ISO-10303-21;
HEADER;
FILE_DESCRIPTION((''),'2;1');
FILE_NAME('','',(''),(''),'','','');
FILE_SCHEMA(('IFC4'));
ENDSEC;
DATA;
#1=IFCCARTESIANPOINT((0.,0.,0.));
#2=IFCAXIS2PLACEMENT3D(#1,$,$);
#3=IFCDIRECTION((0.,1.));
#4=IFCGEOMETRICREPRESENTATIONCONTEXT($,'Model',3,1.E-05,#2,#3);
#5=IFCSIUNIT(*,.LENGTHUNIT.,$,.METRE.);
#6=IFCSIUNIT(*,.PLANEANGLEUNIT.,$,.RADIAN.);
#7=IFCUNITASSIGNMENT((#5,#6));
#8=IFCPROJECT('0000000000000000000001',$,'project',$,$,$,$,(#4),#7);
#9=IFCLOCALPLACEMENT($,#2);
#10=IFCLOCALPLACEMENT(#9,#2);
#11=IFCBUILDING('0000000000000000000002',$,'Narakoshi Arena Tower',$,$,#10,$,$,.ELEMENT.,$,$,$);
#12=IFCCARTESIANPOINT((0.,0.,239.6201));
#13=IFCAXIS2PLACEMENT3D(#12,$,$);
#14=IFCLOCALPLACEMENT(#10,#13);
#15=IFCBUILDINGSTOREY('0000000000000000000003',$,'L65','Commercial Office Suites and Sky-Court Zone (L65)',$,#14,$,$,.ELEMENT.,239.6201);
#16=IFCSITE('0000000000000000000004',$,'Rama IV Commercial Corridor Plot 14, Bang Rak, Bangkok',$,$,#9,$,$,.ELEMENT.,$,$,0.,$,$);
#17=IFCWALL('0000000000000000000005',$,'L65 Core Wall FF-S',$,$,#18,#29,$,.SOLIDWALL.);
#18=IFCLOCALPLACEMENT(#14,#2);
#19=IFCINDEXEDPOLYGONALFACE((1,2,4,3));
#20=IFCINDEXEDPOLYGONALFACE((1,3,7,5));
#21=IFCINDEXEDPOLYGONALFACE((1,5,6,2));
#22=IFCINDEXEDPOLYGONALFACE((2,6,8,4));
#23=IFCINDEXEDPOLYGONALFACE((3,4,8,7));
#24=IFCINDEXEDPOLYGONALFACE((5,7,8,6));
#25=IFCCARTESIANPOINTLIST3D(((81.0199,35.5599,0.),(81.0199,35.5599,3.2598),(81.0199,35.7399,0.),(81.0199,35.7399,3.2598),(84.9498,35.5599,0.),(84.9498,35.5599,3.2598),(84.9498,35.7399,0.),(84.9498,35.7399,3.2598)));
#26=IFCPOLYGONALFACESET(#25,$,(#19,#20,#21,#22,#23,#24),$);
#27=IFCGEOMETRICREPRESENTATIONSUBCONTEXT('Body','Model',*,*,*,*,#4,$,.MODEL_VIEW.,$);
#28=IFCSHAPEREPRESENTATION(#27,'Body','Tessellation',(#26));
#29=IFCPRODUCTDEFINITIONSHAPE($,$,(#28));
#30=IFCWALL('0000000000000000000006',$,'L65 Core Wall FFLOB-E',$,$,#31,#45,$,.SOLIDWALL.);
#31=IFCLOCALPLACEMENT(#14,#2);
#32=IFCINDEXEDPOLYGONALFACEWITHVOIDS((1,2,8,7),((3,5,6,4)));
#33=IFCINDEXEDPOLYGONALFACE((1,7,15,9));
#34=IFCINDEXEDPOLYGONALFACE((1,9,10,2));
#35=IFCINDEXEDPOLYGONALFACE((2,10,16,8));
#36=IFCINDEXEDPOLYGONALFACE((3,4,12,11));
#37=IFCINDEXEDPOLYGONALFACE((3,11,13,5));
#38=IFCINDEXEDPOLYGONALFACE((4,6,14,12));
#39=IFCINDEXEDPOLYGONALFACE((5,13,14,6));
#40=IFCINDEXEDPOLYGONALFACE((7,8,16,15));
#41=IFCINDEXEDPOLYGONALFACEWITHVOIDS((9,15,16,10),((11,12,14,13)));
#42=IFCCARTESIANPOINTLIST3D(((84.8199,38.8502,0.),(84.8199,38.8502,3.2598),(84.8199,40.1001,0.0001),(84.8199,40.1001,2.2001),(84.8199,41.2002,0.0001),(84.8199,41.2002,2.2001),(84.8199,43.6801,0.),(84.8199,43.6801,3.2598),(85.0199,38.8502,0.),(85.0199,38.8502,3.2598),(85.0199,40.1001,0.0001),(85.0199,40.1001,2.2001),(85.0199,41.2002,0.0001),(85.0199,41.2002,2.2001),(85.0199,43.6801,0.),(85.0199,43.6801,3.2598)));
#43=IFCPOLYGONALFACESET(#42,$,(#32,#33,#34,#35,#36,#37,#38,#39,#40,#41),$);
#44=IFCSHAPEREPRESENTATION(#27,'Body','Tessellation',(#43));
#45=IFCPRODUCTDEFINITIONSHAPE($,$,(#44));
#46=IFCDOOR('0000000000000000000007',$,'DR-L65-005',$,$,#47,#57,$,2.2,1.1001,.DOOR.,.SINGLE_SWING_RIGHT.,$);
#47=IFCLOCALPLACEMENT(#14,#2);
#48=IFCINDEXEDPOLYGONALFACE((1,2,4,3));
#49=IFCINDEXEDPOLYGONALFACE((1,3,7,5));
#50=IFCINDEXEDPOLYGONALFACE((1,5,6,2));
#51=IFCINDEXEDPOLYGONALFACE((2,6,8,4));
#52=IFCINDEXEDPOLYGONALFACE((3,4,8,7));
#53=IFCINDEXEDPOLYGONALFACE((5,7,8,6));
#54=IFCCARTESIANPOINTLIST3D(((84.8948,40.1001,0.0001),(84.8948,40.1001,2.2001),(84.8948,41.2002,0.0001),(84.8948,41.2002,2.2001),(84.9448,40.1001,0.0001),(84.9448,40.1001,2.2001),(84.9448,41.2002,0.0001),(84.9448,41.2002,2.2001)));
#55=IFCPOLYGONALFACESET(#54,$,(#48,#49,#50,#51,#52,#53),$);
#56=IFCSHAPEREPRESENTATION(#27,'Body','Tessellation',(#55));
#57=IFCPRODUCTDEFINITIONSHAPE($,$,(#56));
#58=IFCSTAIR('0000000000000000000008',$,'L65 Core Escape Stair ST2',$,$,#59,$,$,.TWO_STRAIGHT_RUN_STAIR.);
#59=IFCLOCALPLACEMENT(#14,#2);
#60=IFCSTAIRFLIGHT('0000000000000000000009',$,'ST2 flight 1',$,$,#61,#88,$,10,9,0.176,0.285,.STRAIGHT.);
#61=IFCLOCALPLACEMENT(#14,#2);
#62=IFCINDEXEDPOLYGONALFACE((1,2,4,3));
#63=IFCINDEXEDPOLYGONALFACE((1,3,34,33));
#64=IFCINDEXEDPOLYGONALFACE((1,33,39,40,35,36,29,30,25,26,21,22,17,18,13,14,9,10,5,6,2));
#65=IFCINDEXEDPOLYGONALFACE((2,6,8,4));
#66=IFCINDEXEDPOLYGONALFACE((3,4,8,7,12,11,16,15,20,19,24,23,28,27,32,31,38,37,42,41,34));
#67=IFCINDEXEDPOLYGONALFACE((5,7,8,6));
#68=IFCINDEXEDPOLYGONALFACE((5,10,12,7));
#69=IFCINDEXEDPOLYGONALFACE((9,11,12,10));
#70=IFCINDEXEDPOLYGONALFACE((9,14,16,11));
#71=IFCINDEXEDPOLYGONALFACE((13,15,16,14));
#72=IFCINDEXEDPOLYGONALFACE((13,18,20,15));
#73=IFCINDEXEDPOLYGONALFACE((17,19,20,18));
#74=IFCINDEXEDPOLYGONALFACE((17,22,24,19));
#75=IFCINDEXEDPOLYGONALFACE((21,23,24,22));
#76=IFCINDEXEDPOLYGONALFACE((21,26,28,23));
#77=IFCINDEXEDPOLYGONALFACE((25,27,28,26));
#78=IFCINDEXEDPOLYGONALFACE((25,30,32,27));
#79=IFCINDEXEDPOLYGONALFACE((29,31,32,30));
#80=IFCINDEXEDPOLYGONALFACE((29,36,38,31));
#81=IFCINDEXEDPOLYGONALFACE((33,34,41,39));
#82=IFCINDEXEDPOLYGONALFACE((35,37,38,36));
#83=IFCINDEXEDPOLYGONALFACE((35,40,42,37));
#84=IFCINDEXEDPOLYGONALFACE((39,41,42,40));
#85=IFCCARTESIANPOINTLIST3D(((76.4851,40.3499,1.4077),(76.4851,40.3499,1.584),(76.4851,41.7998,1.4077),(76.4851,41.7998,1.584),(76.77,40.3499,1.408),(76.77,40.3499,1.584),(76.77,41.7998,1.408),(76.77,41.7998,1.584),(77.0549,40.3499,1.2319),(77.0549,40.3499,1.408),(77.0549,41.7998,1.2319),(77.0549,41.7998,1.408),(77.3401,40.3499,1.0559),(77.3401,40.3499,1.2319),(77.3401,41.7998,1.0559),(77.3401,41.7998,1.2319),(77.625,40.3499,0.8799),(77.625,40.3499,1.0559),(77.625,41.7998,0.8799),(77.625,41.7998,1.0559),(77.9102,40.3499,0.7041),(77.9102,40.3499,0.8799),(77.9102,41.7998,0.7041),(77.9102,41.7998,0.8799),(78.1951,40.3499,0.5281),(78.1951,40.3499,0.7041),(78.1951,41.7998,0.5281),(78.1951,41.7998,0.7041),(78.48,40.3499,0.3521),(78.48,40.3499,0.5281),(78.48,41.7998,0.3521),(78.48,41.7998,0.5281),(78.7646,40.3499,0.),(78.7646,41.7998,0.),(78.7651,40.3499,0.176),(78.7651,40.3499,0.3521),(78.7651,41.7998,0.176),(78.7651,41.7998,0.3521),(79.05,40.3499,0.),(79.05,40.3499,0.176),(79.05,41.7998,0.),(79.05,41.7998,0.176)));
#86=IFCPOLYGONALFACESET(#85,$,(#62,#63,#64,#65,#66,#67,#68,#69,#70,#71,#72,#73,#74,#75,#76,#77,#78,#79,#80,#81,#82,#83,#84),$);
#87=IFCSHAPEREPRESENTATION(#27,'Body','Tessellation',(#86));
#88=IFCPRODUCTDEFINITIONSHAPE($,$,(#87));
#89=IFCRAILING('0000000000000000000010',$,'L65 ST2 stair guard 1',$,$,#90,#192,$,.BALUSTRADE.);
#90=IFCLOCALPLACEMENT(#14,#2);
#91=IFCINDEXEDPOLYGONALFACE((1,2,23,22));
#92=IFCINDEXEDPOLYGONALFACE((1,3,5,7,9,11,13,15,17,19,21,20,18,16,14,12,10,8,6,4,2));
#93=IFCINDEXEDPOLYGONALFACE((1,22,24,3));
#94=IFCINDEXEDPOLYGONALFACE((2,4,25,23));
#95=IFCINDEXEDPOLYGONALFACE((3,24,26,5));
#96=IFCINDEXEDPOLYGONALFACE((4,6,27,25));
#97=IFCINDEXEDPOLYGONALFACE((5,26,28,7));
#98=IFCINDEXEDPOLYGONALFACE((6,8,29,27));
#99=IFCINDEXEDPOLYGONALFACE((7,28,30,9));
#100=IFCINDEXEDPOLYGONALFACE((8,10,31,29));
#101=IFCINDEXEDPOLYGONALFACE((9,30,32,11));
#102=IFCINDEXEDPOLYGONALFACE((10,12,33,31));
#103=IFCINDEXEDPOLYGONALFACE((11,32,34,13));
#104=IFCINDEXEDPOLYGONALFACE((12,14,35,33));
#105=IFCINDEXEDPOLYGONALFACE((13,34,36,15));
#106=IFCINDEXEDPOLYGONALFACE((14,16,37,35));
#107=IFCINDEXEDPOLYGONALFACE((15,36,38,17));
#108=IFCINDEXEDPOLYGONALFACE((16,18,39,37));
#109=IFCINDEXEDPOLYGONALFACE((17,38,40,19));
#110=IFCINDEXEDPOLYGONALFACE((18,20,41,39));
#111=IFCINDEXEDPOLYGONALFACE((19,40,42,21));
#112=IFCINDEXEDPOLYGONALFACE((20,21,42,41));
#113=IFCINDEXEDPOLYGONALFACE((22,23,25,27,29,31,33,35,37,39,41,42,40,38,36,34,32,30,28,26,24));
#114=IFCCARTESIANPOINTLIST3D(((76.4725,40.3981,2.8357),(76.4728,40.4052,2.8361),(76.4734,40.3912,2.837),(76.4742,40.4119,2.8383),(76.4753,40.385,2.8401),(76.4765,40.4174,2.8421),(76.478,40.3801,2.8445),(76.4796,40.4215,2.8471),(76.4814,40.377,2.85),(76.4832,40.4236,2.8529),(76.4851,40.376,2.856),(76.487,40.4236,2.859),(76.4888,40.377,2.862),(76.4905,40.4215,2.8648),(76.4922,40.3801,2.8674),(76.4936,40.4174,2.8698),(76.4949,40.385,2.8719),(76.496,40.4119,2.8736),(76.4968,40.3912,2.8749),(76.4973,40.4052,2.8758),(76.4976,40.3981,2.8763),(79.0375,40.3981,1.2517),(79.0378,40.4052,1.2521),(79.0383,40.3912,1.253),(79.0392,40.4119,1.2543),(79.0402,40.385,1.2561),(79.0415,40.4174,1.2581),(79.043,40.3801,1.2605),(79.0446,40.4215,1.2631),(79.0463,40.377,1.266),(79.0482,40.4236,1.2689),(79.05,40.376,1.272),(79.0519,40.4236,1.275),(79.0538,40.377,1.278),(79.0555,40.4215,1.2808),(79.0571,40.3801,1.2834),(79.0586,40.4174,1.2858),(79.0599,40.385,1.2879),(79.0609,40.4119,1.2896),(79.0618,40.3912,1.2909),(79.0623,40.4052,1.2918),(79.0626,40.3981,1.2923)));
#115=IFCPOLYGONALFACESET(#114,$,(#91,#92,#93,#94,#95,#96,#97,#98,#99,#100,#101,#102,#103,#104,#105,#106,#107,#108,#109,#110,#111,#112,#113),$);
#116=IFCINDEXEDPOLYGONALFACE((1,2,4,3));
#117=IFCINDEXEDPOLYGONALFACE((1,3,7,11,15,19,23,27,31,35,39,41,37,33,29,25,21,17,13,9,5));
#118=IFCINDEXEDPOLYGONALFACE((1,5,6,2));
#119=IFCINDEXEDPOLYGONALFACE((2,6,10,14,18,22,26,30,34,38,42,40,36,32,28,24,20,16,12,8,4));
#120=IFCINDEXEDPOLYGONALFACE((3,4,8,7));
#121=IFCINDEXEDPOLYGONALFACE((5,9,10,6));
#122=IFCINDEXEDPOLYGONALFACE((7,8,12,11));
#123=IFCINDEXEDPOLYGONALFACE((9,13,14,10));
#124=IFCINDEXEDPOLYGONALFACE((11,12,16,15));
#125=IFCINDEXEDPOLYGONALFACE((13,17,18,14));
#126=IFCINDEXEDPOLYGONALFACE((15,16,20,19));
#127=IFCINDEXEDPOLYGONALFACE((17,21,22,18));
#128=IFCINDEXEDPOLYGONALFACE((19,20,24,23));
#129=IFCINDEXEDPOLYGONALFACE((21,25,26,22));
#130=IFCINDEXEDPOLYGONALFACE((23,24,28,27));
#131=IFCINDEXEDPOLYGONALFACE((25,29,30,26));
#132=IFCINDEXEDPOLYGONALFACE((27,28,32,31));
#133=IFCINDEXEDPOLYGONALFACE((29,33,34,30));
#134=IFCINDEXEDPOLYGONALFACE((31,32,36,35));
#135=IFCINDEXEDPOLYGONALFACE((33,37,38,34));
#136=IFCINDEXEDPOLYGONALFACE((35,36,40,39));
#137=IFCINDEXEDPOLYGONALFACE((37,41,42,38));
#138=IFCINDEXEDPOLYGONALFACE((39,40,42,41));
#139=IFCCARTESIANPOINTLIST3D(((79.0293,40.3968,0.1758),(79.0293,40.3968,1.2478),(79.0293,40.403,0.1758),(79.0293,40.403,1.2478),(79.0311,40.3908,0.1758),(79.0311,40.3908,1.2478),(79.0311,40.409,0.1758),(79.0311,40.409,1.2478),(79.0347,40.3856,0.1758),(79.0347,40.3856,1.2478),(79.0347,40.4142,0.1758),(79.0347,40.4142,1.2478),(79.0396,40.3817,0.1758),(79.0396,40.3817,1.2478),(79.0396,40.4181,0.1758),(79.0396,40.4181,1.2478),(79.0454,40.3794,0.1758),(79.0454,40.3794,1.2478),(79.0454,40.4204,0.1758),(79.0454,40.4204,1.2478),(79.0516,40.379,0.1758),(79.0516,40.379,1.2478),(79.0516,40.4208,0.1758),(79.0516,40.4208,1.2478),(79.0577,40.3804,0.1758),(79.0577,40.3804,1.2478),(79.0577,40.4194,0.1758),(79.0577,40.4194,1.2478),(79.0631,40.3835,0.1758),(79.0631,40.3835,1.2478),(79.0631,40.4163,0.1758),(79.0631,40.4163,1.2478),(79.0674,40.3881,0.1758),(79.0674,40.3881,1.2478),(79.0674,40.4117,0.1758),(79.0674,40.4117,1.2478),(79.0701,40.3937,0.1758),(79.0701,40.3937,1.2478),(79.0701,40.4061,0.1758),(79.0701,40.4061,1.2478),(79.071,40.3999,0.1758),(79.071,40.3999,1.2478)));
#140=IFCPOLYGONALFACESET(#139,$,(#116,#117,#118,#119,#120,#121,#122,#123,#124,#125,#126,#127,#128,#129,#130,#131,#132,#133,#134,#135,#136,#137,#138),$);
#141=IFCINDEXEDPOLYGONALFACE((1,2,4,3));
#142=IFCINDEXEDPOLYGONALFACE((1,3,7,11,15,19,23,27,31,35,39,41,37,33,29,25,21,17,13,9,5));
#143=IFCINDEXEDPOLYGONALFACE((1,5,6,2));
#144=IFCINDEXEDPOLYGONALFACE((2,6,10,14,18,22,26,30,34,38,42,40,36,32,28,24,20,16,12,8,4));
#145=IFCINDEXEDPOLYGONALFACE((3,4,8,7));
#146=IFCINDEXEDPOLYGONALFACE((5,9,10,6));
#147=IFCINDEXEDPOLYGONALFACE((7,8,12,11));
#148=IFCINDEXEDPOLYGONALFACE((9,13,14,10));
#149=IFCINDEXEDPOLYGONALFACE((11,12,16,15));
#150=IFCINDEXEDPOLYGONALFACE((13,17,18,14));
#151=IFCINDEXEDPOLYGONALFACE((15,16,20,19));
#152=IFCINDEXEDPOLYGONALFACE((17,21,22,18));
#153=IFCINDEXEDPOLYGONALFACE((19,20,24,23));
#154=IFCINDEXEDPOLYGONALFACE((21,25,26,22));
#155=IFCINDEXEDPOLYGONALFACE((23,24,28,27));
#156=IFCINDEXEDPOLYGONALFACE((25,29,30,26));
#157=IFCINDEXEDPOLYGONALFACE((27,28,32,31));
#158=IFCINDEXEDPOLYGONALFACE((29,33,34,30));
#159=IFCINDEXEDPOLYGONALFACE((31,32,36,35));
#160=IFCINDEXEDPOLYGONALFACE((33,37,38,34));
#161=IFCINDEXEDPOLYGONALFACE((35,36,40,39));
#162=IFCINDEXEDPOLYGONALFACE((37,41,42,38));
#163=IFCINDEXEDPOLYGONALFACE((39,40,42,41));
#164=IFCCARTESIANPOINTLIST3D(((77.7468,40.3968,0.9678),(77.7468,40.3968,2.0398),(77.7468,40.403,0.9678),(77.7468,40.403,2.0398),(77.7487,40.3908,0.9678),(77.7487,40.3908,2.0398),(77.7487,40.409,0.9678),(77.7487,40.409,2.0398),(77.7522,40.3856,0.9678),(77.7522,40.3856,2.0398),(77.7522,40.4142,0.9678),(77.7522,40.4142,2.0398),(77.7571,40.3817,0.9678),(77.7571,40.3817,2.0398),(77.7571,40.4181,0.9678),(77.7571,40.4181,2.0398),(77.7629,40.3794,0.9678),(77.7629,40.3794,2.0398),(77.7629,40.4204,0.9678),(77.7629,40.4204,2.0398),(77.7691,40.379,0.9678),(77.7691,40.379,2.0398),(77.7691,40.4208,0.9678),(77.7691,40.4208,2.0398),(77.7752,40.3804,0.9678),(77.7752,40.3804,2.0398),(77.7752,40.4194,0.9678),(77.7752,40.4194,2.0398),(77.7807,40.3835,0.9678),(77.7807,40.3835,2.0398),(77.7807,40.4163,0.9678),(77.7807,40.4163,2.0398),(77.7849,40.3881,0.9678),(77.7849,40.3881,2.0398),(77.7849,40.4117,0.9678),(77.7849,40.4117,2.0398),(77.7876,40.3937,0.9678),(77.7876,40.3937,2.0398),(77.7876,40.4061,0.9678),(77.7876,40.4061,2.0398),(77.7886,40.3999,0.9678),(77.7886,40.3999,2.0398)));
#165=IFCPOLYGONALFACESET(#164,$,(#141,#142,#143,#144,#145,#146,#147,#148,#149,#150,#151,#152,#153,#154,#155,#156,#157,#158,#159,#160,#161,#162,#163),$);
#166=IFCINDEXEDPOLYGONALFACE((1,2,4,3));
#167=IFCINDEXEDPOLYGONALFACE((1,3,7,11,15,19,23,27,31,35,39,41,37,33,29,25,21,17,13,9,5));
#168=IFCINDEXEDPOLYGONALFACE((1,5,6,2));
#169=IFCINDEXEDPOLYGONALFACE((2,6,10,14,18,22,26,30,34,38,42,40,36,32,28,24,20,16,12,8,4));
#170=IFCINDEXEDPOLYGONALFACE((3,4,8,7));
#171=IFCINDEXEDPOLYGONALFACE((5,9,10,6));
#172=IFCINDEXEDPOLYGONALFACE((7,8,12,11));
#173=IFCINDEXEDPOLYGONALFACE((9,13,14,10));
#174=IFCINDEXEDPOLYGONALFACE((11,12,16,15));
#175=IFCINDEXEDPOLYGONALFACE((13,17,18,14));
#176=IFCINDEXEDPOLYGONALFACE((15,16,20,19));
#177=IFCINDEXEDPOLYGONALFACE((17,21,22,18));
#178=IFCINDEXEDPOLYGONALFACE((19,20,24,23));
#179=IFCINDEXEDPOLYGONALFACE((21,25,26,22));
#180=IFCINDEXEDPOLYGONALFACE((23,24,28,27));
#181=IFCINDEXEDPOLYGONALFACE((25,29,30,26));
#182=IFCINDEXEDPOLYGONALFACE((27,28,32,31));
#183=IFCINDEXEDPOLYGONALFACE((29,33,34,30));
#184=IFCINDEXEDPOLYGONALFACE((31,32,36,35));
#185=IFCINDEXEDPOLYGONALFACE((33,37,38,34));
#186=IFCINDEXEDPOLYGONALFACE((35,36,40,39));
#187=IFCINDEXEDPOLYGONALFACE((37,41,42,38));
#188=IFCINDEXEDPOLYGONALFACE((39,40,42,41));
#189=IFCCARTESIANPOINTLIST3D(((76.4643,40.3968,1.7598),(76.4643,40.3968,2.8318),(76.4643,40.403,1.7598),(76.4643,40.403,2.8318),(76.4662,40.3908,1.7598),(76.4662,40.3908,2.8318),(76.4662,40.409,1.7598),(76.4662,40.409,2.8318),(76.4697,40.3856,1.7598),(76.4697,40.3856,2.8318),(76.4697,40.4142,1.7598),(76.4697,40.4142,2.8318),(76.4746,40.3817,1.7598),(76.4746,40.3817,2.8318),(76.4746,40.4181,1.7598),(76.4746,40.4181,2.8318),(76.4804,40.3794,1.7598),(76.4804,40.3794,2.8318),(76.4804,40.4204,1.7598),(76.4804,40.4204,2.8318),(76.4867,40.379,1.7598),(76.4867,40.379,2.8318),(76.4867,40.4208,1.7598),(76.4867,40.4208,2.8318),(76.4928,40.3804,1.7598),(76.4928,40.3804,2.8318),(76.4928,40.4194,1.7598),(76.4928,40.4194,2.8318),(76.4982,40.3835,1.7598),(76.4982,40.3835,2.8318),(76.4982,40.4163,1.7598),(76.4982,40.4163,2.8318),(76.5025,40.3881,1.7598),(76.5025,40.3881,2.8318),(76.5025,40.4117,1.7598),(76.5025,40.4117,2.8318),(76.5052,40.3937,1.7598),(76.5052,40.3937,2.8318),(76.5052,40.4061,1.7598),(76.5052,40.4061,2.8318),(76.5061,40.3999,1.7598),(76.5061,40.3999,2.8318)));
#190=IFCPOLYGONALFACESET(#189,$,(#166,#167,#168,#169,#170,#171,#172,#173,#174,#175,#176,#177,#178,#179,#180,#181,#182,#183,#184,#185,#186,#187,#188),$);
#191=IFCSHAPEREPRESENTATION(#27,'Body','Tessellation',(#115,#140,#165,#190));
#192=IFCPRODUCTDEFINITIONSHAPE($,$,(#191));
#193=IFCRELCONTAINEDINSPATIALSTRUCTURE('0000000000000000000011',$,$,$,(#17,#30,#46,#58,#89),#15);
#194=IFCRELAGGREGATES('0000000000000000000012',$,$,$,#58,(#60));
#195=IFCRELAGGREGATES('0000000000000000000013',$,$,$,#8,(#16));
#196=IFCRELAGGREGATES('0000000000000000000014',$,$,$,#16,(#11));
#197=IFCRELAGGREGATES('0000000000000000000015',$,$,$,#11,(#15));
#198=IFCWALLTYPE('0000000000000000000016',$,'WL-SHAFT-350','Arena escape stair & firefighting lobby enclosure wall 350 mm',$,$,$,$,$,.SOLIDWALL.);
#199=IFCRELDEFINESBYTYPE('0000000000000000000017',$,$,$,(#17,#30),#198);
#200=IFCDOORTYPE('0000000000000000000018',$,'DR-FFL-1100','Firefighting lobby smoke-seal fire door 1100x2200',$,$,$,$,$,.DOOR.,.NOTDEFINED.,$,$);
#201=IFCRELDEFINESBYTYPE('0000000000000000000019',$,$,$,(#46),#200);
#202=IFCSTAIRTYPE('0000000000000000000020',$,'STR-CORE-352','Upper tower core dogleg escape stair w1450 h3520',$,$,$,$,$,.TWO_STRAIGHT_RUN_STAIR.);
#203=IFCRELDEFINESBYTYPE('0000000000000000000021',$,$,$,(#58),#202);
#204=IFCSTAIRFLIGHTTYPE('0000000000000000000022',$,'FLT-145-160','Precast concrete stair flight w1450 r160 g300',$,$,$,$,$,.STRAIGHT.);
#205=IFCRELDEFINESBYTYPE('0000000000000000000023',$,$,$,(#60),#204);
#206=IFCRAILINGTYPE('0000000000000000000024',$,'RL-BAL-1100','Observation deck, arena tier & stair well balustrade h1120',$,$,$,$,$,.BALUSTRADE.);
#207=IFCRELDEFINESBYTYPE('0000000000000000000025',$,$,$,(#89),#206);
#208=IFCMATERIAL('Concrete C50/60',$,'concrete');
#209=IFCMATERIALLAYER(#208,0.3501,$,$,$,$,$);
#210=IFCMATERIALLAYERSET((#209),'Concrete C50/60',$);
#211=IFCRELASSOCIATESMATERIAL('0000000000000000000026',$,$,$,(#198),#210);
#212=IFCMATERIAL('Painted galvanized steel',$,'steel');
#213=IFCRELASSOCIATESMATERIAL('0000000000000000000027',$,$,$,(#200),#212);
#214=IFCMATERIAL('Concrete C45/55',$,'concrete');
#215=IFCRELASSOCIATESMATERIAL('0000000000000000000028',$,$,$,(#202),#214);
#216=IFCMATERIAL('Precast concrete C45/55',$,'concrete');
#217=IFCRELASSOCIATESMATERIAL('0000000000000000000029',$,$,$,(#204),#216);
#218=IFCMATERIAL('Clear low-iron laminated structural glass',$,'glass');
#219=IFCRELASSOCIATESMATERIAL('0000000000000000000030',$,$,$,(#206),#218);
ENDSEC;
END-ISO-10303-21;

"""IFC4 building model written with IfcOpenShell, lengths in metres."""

from ifc_helpers import new_model, si_unit, direction, frame, frame_2d, origin, origin_2d, place, context, subcontext, project, spatial, polyline, rectangle, circle, outline, extrude, material, layer, layer_set, type_object, element, fill, aggregate, save


model = new_model("IFC4")

# Units and contexts
model_context = context("Model", 3, precision=1e-05, world=origin(), true_north=direction((0.0, 1.0)))
body_context = subcontext(model_context, "Body", "Model", "MODEL_VIEW")
ifc_project = project(units=[si_unit("LENGTHUNIT", "METRE"), si_unit("PLANEANGLEUNIT", "RADIAN")], contexts=[model_context])

# Site, building, storey
site_placement = place(None, origin())
site = spatial("IfcSite", under=ifc_project, at=site_placement, Name="Rama IV Commercial Corridor Plot 14, Bang Rak, Bangkok", CompositionType="ELEMENT", RefElevation=0.0)
building_placement = place(site_placement, origin())
building = spatial("IfcBuilding", under=site, at=building_placement, Name="Narakoshi Arena Tower", CompositionType="ELEMENT")
storey_placement = place(building_placement, frame((0.0, 0.0, 239.6201)))
storey = spatial("IfcBuildingStorey", under=building, at=storey_placement, Name="L65", Description="Commercial Office Suites and Sky-Court Zone (L65)", CompositionType="ELEMENT", Elevation=239.6201)

# Shared definitions
ifc_material_1 = material(Name="Concrete C50/60", Category="concrete")
ifc_material_2 = material(Name="Precast concrete C45/55", Category="concrete")
ifc_layer_1 = layer(ifc_material_1, 0.3501)
ifc_layer_set_1 = layer_set([ifc_layer_1], Name="Concrete C50/60")
wall_type_1 = type_object("IfcWallType", Name="WL-SHAFT-350", Description="Arena escape stair & firefighting lobby enclosure wall 350 mm", PredefinedType="SOLIDWALL", material=ifc_layer_set_1)

# Shared definitions
ifc_material_3 = material(Name="Painted galvanized steel", Category="steel")

# Wall
wall_1_placement = place(storey_placement, frame((81.02, 35.6499, 0.0), z_axis=(0.0, 0.0, 1.0), x_axis=(1.0, 0.0, 0.0)))
element("IfcWall", 1, at=wall_1_placement, inside=storey, type_object=wall_type_1, Name="L65 Core Wall FF-S", PredefinedType="SOLIDWALL", context=body_context, shape_type="SweptSolid", body=[
    extrude(rectangle(XDim=3.9299, YDim=0.1799, at=frame_2d((1.9648, 0.0))), origin(), (0.0, 0.0, 1.0), 3.2598),
])

# Wall, opening, door
wall_2_placement = place(storey_placement, frame((84.9199, 38.8501, 0.0), z_axis=(0.0, 0.0, 1.0), x_axis=(0.0, 1.0, 0.0)))
wall_2 = element("IfcWall", 2, at=wall_2_placement, inside=storey, type_object=wall_type_1, Name="L65 Core Wall FFLOB-E", PredefinedType="SOLIDWALL", context=body_context, shape_type="SweptSolid", body=[
    extrude(rectangle(XDim=4.8298, YDim=0.2, at=frame_2d((2.415, 0.0))), origin(), (0.0, 0.0, 1.0), 3.2598),
])
opening_1_placement = place(wall_2_placement, frame((1.25, 0.0, 0.0)))
opening_1 = element("IfcOpeningElement", 3, at=opening_1_placement, cuts=wall_2, PredefinedType="OPENING", context=body_context, shape_type="SweptSolid", body=[
    extrude(rectangle(XDim=1.1001, YDim=2.2, at=frame_2d((0.55, 1.1001))), frame((0.0, 0.1099, 0.0), z_axis=(0.0, -1.0, 0.0), x_axis=(1.0, 0.0, 0.0)), (0.0, 0.0, 1.0), 0.22),
])
door_type_1 = type_object("IfcDoorType", Name="DR-FFL-1100", Description="Firefighting lobby smoke-seal fire door 1100x2200", OperationType="NOTDEFINED", PredefinedType="DOOR", material=ifc_material_3)
door_1_placement = place(opening_1_placement, frame((1.1001, 0.0, 0.0), z_axis=(0.0, 0.0, 1.0), x_axis=(-1.0, 0.0, 0.0)))
door_1 = element("IfcDoor", 4, at=door_1_placement, inside=storey, type_object=door_type_1, Name="DR-L65-005", OperationType="SINGLE_SWING_RIGHT", OverallHeight=2.2, OverallWidth=1.1001, PredefinedType="DOOR", context=body_context, shape_type="SweptSolid", body=[
    extrude(rectangle(XDim=1.1001, YDim=2.2, at=frame_2d((0.55, 1.1001))), frame((0.0, 0.0249, 0.0), z_axis=(0.0, -1.0, 0.0), x_axis=(1.0, 0.0, 0.0)), (0.0, 0.0, 1.0), 0.05),
])
fill(opening_1, door_1)

# Stair, stair flight
ifc_material_4 = material(Name="Concrete C45/55", Category="concrete")
stair_type = type_object("IfcStairType", Name="STR-CORE-352", Description="Upper tower core dogleg escape stair w1450 h3520", PredefinedType="TWO_STRAIGHT_RUN_STAIR", material=ifc_material_4)
stair_placement = place(storey_placement, origin())
stair = element("IfcStair", 5, at=stair_placement, inside=storey, type_object=stair_type, Name="L65 Core Escape Stair ST2", PredefinedType="TWO_STRAIGHT_RUN_STAIR")
stair_flight_type = type_object("IfcStairFlightType", Name="FLT-145-160", Description="Precast concrete stair flight w1450 r160 g300", PredefinedType="STRAIGHT", material=ifc_material_2)
stair_flight_placement = place(storey_placement, frame((79.05, 41.075, 0.0), z_axis=(0.0, 0.0, 1.0), x_axis=(-1.0, 0.0, 0.0)))
stair_flight = element("IfcStairFlight", 6, at=stair_flight_placement, type_object=stair_flight_type, Name="ST2 flight 1", NumberOfRisers=10, NumberOfTreads=9, PredefinedType="STRAIGHT", RiserHeight=0.176, TreadLength=0.285, context=body_context, shape_type="SweptSolid", body=[
    extrude(outline(polyline([(0.0, 0.0), (0.0, 0.176), (0.2849, 0.176), (0.2849, 0.3521), (0.5701, 0.3521), (0.5701, 0.5281), (0.855, 0.5281), (0.855, 0.7041), (1.1399, 0.7041), (1.1399, 0.8799), (1.425, 0.8799), (1.425, 1.0559), (1.71, 1.0559), (1.71, 1.2319), (1.9951, 1.2319), (1.9951, 1.408), (2.28, 1.408), (2.28, 1.584), (2.5649, 1.584), (2.5649, 1.76), (2.5649, 1.4077), (0.2854, 0.0), (0.0, 0.0)])), frame((0.0, 0.7251, 0.0), z_axis=(0.0, -1.0, 0.0), x_axis=(1.0, 0.0, 0.0)), (0.0, 0.0, 1.0), 1.45),
])
aggregate(stair, [stair_flight])

# Railing
ifc_material_5 = material(Name="Clear low-iron laminated structural glass", Category="glass")
railing_type = type_object("IfcRailingType", Name="RL-BAL-1100", Description="Observation deck, arena tier & stair well balustrade h1120", PredefinedType="BALUSTRADE", material=ifc_material_5)
railing_1_placement = place(storey_placement, frame((79.05, 40.3999, 0.1758)))
element("IfcRailing", 7, at=railing_1_placement, inside=storey, type_object=railing_type, Name="L65 ST2 stair guard 1", PredefinedType="BALUSTRADE", context=body_context, shape_type="SweptSolid", body=[
    extrude(circle(Radius=0.0239, at=origin_2d()), frame((0.0, 0.0, 1.0962), z_axis=(-0.850834, 0.0, 0.525434), x_axis=(0.0, -1.0, 0.0)), (0.0, 0.0, 1.0), 3.0146),
    extrude(circle(Radius=0.021, at=origin_2d()), origin(), (0.0, 0.0, 1.0), 1.072),
    extrude(circle(Radius=0.021, at=origin_2d()), frame((-1.2825, 0.0, 0.792)), (0.0, 0.0, 1.0), 1.072),
    extrude(circle(Radius=0.021, at=origin_2d()), frame((-2.5649, 0.0, 1.584)), (0.0, 0.0, 1.0), 1.072),
])

save(model, "model.ifc")
